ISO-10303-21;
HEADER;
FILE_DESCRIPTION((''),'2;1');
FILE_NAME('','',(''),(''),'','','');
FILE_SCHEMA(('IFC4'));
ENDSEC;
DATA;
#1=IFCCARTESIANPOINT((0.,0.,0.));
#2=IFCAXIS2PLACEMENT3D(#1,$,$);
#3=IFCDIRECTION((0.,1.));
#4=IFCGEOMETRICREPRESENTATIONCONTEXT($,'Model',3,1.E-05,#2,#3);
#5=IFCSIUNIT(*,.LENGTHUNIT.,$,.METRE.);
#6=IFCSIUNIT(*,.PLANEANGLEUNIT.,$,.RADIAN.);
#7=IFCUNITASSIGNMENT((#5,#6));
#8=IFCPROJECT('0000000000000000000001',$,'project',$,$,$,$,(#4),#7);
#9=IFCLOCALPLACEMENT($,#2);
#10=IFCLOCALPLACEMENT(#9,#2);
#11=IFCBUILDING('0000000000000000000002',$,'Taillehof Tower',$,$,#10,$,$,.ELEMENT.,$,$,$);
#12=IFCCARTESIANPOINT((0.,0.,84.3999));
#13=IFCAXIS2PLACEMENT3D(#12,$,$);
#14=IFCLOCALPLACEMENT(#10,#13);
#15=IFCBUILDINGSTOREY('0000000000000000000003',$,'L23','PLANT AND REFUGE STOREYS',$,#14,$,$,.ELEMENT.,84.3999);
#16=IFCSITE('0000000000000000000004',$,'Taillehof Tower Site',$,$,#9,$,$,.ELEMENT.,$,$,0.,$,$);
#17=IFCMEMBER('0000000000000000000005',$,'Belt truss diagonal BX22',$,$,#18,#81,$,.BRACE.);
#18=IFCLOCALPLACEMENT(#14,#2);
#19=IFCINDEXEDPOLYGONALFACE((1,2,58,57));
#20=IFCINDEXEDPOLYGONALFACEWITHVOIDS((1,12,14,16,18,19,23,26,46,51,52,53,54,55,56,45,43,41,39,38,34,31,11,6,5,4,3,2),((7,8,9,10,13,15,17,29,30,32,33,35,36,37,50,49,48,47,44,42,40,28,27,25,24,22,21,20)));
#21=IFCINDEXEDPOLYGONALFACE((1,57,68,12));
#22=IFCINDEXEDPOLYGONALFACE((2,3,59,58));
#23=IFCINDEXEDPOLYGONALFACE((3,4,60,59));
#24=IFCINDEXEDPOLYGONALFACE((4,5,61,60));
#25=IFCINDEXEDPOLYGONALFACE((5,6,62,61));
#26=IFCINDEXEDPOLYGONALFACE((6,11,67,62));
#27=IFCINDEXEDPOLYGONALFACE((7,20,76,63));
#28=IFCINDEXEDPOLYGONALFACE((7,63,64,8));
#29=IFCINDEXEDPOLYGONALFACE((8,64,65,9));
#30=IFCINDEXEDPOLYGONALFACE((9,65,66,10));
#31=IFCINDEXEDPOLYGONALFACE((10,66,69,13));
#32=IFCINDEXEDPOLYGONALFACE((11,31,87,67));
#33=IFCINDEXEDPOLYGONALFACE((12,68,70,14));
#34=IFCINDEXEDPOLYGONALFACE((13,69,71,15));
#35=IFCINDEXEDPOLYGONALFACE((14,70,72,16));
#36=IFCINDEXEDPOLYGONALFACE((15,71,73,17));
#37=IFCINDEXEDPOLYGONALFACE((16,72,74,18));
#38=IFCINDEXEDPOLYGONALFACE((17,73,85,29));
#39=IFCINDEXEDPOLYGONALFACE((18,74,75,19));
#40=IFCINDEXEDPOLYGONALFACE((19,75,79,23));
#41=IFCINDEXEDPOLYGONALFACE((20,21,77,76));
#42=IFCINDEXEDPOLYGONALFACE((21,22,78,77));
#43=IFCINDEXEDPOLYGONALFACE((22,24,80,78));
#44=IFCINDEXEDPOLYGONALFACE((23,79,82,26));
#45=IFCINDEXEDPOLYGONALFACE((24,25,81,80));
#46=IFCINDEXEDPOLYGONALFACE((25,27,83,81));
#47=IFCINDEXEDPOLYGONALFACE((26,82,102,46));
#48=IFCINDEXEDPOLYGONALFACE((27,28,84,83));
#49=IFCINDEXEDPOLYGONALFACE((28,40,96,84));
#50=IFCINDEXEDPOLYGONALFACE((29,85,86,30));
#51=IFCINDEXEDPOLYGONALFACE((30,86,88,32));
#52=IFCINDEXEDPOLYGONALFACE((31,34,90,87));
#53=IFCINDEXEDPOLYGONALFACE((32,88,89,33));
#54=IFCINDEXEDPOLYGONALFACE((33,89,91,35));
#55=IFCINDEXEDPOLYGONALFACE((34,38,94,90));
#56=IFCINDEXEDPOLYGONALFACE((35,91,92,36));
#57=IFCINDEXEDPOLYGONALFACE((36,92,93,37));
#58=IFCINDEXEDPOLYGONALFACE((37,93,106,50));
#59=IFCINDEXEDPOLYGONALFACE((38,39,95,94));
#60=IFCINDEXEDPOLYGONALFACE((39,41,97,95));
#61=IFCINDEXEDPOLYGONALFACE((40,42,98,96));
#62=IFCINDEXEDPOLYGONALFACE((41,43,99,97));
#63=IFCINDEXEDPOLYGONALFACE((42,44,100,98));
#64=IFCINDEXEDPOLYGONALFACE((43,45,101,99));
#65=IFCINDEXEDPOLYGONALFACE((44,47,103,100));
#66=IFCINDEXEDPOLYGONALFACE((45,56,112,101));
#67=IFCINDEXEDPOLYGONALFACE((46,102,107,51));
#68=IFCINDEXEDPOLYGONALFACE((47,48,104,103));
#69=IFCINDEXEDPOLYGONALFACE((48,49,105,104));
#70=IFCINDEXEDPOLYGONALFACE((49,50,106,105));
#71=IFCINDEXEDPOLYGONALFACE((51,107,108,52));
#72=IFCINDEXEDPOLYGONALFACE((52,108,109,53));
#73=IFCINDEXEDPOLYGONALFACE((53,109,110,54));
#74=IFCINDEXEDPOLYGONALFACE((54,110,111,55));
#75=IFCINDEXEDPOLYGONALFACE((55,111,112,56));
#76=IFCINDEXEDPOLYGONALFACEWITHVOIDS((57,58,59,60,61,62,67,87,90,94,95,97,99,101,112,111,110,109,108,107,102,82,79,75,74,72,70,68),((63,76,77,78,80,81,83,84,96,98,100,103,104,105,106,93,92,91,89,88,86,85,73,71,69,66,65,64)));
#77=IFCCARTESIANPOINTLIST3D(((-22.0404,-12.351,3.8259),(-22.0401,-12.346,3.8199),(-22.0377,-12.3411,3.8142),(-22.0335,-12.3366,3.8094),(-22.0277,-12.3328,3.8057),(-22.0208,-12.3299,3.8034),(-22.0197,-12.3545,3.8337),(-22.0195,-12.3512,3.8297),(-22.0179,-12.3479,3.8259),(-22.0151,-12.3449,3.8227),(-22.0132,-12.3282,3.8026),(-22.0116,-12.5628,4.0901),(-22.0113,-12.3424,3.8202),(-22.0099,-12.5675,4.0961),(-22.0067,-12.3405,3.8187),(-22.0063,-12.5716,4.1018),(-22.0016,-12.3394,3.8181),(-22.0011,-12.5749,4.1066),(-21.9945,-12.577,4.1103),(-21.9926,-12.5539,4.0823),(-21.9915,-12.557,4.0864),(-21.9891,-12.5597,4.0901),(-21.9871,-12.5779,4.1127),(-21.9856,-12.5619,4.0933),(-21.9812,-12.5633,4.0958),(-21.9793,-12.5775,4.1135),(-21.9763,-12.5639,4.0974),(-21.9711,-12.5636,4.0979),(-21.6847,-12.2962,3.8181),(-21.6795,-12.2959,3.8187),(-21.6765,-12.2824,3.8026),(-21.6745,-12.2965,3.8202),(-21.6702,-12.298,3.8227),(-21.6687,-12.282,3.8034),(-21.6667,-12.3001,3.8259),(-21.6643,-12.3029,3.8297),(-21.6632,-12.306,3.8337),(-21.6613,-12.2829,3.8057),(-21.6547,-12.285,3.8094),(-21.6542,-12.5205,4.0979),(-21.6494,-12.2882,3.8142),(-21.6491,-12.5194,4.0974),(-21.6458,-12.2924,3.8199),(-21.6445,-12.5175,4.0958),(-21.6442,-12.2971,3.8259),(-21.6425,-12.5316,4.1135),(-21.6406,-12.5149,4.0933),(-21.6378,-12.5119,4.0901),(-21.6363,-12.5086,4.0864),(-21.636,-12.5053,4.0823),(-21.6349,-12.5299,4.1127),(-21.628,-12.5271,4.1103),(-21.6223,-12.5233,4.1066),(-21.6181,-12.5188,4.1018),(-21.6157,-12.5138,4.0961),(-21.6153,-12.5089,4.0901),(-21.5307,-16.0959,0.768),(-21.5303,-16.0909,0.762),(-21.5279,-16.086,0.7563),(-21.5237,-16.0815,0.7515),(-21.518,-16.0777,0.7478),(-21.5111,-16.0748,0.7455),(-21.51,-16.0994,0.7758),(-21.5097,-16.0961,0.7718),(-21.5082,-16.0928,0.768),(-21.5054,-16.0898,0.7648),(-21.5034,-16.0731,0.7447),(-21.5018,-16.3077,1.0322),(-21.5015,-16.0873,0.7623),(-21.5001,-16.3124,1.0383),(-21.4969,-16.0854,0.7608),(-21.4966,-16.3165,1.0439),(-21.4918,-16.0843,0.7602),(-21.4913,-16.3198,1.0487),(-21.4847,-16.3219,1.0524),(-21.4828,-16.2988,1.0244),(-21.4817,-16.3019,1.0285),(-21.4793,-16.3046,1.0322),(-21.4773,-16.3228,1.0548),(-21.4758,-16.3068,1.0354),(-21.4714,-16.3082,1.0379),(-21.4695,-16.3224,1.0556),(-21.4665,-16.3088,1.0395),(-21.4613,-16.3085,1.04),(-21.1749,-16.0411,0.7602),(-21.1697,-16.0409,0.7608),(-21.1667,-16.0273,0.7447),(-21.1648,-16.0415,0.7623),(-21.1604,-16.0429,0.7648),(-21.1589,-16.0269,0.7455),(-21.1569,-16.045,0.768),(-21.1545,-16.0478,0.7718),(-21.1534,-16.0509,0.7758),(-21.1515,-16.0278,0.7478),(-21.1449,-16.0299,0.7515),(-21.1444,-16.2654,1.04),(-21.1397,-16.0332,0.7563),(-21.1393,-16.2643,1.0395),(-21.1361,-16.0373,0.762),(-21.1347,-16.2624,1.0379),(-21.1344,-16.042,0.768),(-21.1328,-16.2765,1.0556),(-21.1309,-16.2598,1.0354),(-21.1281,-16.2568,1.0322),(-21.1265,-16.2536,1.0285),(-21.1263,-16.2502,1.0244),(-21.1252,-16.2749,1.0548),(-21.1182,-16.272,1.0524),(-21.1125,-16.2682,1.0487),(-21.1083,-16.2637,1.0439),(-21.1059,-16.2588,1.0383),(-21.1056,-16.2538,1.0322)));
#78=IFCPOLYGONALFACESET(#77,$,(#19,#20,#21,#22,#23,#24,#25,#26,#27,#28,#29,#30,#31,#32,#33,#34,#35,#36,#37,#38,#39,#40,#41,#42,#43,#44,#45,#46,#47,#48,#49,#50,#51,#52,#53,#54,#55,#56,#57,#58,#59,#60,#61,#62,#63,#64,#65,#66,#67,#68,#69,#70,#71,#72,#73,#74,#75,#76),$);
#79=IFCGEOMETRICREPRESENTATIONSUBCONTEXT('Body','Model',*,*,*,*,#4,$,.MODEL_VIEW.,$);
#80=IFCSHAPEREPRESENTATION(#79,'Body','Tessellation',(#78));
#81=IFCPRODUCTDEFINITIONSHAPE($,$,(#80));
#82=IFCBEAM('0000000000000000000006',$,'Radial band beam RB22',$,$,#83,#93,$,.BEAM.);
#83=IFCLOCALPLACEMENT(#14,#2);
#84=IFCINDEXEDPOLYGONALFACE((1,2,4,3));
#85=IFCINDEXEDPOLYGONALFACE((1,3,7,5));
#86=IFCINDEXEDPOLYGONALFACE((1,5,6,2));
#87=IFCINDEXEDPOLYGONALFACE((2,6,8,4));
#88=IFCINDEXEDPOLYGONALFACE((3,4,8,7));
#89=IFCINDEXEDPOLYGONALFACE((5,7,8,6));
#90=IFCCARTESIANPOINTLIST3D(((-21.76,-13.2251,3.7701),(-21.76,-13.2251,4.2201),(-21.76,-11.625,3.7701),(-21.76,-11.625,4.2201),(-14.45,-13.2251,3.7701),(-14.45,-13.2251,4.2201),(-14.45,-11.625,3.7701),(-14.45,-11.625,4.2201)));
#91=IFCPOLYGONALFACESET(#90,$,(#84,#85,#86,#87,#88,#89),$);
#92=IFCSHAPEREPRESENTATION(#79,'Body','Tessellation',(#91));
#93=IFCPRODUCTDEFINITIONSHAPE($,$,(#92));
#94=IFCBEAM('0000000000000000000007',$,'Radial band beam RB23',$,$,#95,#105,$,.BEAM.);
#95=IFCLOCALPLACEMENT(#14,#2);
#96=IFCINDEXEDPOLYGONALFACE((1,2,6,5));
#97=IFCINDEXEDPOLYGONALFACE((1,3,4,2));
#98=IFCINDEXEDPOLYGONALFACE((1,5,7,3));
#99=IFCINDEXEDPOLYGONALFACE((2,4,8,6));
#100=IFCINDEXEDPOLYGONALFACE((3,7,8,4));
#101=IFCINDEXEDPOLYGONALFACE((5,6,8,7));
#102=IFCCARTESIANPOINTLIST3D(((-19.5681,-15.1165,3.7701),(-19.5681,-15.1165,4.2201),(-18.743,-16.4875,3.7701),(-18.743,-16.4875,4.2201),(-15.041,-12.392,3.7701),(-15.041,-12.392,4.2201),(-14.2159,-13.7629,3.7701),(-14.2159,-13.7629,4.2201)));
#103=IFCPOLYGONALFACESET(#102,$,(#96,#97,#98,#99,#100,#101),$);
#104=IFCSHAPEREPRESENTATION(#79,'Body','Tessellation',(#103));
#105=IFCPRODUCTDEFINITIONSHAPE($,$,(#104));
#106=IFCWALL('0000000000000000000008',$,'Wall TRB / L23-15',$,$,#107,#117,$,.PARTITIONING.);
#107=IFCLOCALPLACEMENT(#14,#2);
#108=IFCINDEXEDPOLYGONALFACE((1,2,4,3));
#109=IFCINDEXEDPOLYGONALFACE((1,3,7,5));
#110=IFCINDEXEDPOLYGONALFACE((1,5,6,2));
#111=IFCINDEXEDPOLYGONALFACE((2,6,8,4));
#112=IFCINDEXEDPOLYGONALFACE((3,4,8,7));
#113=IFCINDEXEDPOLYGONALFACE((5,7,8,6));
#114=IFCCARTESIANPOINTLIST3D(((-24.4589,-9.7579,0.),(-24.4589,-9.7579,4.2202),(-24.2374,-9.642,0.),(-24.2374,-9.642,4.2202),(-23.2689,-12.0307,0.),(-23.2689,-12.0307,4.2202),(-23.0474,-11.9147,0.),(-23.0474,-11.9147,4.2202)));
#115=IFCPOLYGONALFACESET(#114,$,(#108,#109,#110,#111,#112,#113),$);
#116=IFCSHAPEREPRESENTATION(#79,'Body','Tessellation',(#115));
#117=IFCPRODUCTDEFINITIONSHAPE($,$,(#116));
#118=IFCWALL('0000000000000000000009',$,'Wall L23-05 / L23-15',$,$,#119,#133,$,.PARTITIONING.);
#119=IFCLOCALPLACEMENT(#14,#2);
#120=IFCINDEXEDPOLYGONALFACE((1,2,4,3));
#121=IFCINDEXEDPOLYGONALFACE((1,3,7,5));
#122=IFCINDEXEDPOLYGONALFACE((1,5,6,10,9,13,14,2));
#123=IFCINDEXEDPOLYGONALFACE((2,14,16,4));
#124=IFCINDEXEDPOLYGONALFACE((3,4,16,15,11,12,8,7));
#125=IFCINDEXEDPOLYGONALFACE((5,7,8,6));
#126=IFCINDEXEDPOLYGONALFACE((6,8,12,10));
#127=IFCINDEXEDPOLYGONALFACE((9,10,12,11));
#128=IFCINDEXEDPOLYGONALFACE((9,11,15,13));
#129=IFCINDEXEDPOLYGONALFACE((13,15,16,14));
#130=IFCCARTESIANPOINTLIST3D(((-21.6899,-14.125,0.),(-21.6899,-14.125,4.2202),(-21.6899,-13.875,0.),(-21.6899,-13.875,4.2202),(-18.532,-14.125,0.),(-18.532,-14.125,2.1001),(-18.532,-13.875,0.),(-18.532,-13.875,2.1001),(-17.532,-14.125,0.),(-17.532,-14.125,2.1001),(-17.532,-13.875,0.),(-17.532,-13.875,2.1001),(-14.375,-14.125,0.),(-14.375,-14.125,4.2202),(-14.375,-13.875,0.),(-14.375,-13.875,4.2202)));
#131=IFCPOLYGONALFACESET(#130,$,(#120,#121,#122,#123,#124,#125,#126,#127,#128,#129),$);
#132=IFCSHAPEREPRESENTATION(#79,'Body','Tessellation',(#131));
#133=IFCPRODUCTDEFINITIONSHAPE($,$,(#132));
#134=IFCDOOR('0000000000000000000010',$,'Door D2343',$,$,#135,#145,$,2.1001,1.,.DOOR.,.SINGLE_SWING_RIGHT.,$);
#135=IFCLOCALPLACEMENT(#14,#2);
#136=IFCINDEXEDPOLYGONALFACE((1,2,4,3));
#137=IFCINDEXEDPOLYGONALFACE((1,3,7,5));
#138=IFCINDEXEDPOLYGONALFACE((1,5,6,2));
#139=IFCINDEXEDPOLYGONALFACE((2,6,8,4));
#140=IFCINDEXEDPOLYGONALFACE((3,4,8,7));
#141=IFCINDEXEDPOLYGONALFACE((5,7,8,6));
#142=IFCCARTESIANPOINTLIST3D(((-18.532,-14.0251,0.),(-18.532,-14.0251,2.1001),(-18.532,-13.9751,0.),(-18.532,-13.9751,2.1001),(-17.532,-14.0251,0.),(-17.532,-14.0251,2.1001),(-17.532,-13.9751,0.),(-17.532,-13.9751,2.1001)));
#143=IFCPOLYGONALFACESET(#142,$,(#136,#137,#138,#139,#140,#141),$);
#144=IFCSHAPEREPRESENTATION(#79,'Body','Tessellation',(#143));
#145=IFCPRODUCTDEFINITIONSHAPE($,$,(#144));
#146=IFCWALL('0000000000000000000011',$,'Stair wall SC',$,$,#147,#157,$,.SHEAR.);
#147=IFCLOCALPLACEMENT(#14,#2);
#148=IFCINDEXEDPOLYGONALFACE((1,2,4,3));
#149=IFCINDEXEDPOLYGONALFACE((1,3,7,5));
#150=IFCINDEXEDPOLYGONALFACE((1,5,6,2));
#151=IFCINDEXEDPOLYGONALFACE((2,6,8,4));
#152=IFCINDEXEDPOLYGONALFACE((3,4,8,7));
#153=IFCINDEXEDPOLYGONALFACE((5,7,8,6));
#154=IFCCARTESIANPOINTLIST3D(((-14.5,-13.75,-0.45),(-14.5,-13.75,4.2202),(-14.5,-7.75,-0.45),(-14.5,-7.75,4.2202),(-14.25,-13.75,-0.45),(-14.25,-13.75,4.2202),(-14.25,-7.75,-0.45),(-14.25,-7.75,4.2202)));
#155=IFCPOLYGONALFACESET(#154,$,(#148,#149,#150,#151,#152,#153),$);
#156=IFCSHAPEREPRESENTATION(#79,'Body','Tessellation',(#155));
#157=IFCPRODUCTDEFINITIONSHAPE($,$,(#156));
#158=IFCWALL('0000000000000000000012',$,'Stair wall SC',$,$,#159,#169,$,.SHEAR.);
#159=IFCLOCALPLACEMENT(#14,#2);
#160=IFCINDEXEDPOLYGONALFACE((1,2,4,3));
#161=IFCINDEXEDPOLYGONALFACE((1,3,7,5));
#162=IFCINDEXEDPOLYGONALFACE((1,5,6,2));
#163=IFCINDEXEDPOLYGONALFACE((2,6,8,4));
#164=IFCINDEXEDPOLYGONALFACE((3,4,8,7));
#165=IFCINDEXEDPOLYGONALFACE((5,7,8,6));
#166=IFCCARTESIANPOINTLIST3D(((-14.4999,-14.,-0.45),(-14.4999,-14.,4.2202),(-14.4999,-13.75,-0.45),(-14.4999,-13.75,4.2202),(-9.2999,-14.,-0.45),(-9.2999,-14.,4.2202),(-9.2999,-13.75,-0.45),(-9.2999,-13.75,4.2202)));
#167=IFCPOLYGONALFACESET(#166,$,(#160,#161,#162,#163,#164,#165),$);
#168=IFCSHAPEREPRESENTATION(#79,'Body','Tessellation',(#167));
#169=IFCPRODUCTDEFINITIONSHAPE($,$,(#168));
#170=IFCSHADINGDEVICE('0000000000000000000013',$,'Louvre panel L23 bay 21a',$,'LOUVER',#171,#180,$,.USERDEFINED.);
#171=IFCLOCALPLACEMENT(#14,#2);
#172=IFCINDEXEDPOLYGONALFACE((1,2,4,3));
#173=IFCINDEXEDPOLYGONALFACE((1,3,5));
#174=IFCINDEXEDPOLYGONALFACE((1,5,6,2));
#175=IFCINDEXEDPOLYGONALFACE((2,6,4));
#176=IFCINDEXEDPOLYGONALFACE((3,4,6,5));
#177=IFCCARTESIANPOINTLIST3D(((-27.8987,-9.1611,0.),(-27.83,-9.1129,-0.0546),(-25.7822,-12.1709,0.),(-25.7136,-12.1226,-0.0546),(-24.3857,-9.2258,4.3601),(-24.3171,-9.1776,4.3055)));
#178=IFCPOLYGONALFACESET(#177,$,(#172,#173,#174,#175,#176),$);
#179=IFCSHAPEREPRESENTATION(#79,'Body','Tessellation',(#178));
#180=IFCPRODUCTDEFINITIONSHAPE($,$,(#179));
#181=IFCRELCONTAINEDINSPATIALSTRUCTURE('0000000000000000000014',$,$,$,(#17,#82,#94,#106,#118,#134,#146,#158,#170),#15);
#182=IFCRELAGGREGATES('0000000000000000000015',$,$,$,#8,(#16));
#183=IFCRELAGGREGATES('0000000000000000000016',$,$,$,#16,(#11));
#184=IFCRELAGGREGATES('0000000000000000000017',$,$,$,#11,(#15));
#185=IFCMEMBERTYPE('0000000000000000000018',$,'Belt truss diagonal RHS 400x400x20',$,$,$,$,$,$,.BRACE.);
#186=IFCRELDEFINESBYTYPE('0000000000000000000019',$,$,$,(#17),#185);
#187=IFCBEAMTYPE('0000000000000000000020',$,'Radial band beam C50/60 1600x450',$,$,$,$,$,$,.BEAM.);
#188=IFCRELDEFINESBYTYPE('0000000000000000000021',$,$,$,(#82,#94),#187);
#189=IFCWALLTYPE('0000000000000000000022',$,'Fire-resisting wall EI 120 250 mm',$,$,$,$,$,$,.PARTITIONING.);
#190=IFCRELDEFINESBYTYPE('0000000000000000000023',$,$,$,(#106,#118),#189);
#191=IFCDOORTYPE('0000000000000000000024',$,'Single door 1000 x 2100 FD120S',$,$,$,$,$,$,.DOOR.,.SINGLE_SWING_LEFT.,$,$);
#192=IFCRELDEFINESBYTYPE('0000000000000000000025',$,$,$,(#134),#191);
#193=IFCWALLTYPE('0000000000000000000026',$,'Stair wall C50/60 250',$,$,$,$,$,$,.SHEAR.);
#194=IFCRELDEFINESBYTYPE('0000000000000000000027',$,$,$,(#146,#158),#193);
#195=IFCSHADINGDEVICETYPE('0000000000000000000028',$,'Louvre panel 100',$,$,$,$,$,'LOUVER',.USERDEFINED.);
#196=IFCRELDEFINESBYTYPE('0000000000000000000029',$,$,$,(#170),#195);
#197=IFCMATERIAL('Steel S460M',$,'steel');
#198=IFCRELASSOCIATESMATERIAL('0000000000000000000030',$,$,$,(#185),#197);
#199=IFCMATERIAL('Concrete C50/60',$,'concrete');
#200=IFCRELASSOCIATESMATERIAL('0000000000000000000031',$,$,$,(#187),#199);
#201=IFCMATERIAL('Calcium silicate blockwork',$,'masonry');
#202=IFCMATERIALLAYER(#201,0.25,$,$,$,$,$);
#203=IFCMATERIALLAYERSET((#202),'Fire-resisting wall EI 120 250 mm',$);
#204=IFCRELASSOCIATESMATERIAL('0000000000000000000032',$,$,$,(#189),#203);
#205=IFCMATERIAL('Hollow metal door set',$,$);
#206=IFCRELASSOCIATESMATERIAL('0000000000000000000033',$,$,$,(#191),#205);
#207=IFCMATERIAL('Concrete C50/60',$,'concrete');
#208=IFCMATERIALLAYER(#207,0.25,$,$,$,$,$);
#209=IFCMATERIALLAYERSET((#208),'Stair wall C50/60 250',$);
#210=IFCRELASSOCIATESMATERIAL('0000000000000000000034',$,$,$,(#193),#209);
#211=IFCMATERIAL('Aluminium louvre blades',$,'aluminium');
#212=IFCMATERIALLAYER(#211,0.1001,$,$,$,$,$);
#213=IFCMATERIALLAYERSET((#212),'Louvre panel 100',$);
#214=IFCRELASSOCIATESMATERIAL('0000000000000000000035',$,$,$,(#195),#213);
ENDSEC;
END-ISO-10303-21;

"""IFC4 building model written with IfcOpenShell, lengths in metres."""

from ifc_helpers import new_model, si_unit, direction, frame, frame_2d, origin, origin_2d, place, context, subcontext, project, spatial, polyline, rectangle, hollow_rectangle, outline, extrude, material, layer, layer_set, material_profile, profile_set, type_object, element, fill, save


model = new_model("IFC4")

# Units and contexts
model_context = context("Model", 3, precision=1e-05, world=origin(), true_north=direction((0.0, 1.0)))
body_context = subcontext(model_context, "Body", "Model", "MODEL_VIEW")
ifc_project = project(units=[si_unit("LENGTHUNIT", "METRE"), si_unit("PLANEANGLEUNIT", "RADIAN")], contexts=[model_context])

# Site, building, storey
site_placement = place(None, origin())
site = spatial("IfcSite", under=ifc_project, at=site_placement, Name="Taillehof Tower Site", CompositionType="ELEMENT", RefElevation=0.0)
building_placement = place(site_placement, origin())
building = spatial("IfcBuilding", under=site, at=building_placement, Name="Taillehof Tower", CompositionType="ELEMENT")
storey_placement = place(building_placement, frame((0.0, 0.0, 84.3999)))
storey = spatial("IfcBuildingStorey", under=building, at=storey_placement, Name="L23", Description="PLANT AND REFUGE STOREYS", CompositionType="ELEMENT", Elevation=84.3999)

# Member
ifc_material_1 = material(Name="Steel S460M", Category="steel")
ifc_material_profile_1 = material_profile(ifc_material_1, hollow_rectangle(XDim=0.3999, YDim=0.3999, WallThickness=0.02, InnerFilletRadius=0.02, OuterFilletRadius=0.03, at=origin_2d()), Name="RHS 400x400x20")
ifc_profile_set_1 = profile_set([ifc_material_profile_1], Name="Steel S460M")
member_type_1 = type_object("IfcMemberType", Name="Belt truss diagonal RHS 400x400x20", PredefinedType="BRACE", material=ifc_profile_set_1)
member_1_placement = place(storey_placement, frame((-21.8279, -12.4299, 3.958), z_axis=(0.104857, -0.770308, -0.628992), x_axis=(0.990862, 0.13488, 0.0)))
element("IfcMember", 1, at=member_1_placement, inside=storey, type_object=member_type_1, Name="Belt truss diagonal BX22", PredefinedType="BRACE", context=body_context, shape_type="SweptSolid", body=[
    extrude(hollow_rectangle(XDim=0.3999, YDim=0.3999, WallThickness=0.02, InnerFilletRadius=0.02, OuterFilletRadius=0.03, at=origin_2d()), origin(), (0.0, 0.0, 1.0), 4.8616),
])

# Beams
ifc_material_2 = material(Name="Concrete C50/60", Category="concrete")
ifc_material_profile_2 = material_profile(ifc_material_2, rectangle(XDim=1.6001, YDim=0.45, at=origin_2d()), Name="RC 1600x450")
ifc_profile_set_2 = profile_set([ifc_material_profile_2], Name="Concrete C50/60")
beam_type = type_object("IfcBeamType", Name="Radial band beam C50/60 1600x450", PredefinedType="BEAM", material=ifc_profile_set_2)
beam_1_placement = place(storey_placement, frame((-21.76, -12.425, 3.9951), z_axis=(1.0, 0.0, 0.0), x_axis=(0.0, 1.0, 0.0)))
element("IfcBeam", 2, at=beam_1_placement, inside=storey, type_object=beam_type, Name="Radial band beam RB22", PredefinedType="BEAM", context=body_context, shape_type="SweptSolid", body=[
    extrude(rectangle(XDim=1.6001, YDim=0.45, at=origin_2d()), origin(), (0.0, 0.0, 1.0), 7.3101),
])
beam_2_placement = place(storey_placement, frame((-19.1555, -15.802, 3.9951), z_axis=(0.856795, 0.515657, 0.0), x_axis=(-0.515657, 0.856795, 0.0)))
element("IfcBeam", 3, at=beam_2_placement, inside=storey, type_object=beam_type, Name="Radial band beam RB23", PredefinedType="BEAM", context=body_context, shape_type="SweptSolid", body=[
    extrude(rectangle(XDim=1.6001, YDim=0.45, at=origin_2d()), origin(), (0.0, 0.0, 1.0), 5.2837),
])

# Wall
ifc_material_3 = material(Name="Calcium silicate blockwork", Category="masonry")
ifc_layer_1 = layer(ifc_material_3, 0.25)
ifc_layer_set_1 = layer_set([ifc_layer_1], Name="Fire-resisting wall EI 120 250 mm")
wall_type_1 = type_object("IfcWallType", Name="Fire-resisting wall EI 120 250 mm", PredefinedType="PARTITIONING", material=ifc_layer_set_1)
wall_1_placement = place(storey_placement, frame((-24.3481, -9.7, 0.0), z_axis=(0.0, 0.0, 1.0), x_axis=(0.463847, -0.885915, 0.0)))
element("IfcWall", 4, at=wall_1_placement, inside=storey, type_object=wall_type_1, Name="Wall TRB / L23-15", PredefinedType="PARTITIONING", context=body_context, shape_type="SweptSolid", body=[
    extrude(rectangle(XDim=2.5654, YDim=0.25, at=frame_2d((1.2827, 0.0))), origin(), (0.0, 0.0, 1.0), 4.2202),
])

# Wall, opening, door
wall_2_placement = place(storey_placement, frame((-21.6899, -14.0, 0.0), z_axis=(0.0, 0.0, 1.0), x_axis=(1.0, 0.0, 0.0)))
wall_2 = element("IfcWall", 5, at=wall_2_placement, inside=storey, type_object=wall_type_1, Name="Wall L23-05 / L23-15", PredefinedType="PARTITIONING", context=body_context, shape_type="SweptSolid", body=[
    extrude(rectangle(XDim=7.3149, YDim=0.25, at=frame_2d((3.6575, 0.0))), origin(), (0.0, 0.0, 1.0), 4.2202),
])
opening_placement = place(wall_2_placement, frame((3.158, 0.0, 0.0)))
opening = element("IfcOpeningElement", 6, at=opening_placement, cuts=wall_2, PredefinedType="OPENING", context=body_context, shape_type="SweptSolid", body=[
    extrude(rectangle(XDim=1.0, YDim=2.1001, at=frame_2d((0.5, 1.05))), frame((0.0, 0.135, 0.0), z_axis=(0.0, -1.0, 0.0), x_axis=(1.0, 0.0, 0.0)), (0.0, 0.0, 1.0), 0.27),
])
ifc_material_4 = material(Name="Hollow metal door set")
door_type = type_object("IfcDoorType", Name="Single door 1000 x 2100 FD120S", OperationType="SINGLE_SWING_LEFT", PredefinedType="DOOR", material=ifc_material_4)
door_placement = place(opening_placement, origin())
door = element("IfcDoor", 7, at=door_placement, inside=storey, type_object=door_type, Name="Door D2343", OperationType="SINGLE_SWING_RIGHT", OverallHeight=2.1001, OverallWidth=1.0, PredefinedType="DOOR", context=body_context, shape_type="SweptSolid", body=[
    extrude(rectangle(XDim=1.0, YDim=2.1001, at=frame_2d((0.5, 1.05))), frame((0.0, 0.0249, 0.0), z_axis=(0.0, -1.0, 0.0), x_axis=(1.0, 0.0, 0.0)), (0.0, 0.0, 1.0), 0.05),
])
fill(opening, door)

# Walls
ifc_material_5 = material(Name="Concrete C50/60", Category="concrete")
ifc_layer_2 = layer(ifc_material_5, 0.25)
ifc_layer_set_2 = layer_set([ifc_layer_2], Name="Stair wall C50/60 250")
wall_type_2 = type_object("IfcWallType", Name="Stair wall C50/60 250", PredefinedType="SHEAR", material=ifc_layer_set_2)
wall_3_placement = place(storey_placement, frame((-14.375, -13.75, -0.45), z_axis=(0.0, 0.0, 1.0), x_axis=(0.0, 1.0, 0.0)))
element("IfcWall", 8, at=wall_3_placement, inside=storey, type_object=wall_type_2, Name="Stair wall SC", PredefinedType="SHEAR", context=body_context, shape_type="SweptSolid", body=[
    extrude(rectangle(XDim=6.0, YDim=0.25, at=frame_2d((3.0, 0.0))), origin(), (0.0, 0.0, 1.0), 4.6702),
])
wall_4_placement = place(storey_placement, frame((-14.5, -13.875, -0.45), z_axis=(0.0, 0.0, 1.0), x_axis=(1.0, 0.0, 0.0)))
element("IfcWall", 9, at=wall_4_placement, inside=storey, type_object=wall_type_2, Name="Stair wall SC", PredefinedType="SHEAR", context=body_context, shape_type="SweptSolid", body=[
    extrude(rectangle(XDim=5.2, YDim=0.25, at=frame_2d((2.6001, 0.0))), origin(), (0.0, 0.0, 1.0), 4.6702),
])

# Shading device
ifc_material_6 = material(Name="Aluminium louvre blades", Category="aluminium")
ifc_layer_3 = layer(ifc_material_6, 0.1001)
ifc_layer_set_3 = layer_set([ifc_layer_3], Name="Louvre panel 100")
shading_device_type = type_object("IfcShadingDeviceType", Name="Louvre panel 100", ElementType="LOUVER", PredefinedType="USERDEFINED", material=ifc_layer_set_3)
shading_device_1_placement = place(storey_placement, frame((-27.8987, -9.1611, 0.0), z_axis=(-0.685683, -0.482169, 0.5453), x_axis=(0.575216, -0.818002, 0.0)))
element("IfcShadingDevice", 10, at=shading_device_1_placement, inside=storey, type_object=shading_device_type, Name="Louvre panel L23 bay 21a", ObjectType="LOUVER", PredefinedType="USERDEFINED", context=body_context, shape_type="SweptSolid", body=[
    extrude(outline(polyline([(0.0, 0.0), (3.6794, 0.0), (2.0736, 5.2015), (0.0, 0.0)])), origin(), (0.0, 0.0, -1.0), 0.1001),
])

save(model, "model.ifc")
